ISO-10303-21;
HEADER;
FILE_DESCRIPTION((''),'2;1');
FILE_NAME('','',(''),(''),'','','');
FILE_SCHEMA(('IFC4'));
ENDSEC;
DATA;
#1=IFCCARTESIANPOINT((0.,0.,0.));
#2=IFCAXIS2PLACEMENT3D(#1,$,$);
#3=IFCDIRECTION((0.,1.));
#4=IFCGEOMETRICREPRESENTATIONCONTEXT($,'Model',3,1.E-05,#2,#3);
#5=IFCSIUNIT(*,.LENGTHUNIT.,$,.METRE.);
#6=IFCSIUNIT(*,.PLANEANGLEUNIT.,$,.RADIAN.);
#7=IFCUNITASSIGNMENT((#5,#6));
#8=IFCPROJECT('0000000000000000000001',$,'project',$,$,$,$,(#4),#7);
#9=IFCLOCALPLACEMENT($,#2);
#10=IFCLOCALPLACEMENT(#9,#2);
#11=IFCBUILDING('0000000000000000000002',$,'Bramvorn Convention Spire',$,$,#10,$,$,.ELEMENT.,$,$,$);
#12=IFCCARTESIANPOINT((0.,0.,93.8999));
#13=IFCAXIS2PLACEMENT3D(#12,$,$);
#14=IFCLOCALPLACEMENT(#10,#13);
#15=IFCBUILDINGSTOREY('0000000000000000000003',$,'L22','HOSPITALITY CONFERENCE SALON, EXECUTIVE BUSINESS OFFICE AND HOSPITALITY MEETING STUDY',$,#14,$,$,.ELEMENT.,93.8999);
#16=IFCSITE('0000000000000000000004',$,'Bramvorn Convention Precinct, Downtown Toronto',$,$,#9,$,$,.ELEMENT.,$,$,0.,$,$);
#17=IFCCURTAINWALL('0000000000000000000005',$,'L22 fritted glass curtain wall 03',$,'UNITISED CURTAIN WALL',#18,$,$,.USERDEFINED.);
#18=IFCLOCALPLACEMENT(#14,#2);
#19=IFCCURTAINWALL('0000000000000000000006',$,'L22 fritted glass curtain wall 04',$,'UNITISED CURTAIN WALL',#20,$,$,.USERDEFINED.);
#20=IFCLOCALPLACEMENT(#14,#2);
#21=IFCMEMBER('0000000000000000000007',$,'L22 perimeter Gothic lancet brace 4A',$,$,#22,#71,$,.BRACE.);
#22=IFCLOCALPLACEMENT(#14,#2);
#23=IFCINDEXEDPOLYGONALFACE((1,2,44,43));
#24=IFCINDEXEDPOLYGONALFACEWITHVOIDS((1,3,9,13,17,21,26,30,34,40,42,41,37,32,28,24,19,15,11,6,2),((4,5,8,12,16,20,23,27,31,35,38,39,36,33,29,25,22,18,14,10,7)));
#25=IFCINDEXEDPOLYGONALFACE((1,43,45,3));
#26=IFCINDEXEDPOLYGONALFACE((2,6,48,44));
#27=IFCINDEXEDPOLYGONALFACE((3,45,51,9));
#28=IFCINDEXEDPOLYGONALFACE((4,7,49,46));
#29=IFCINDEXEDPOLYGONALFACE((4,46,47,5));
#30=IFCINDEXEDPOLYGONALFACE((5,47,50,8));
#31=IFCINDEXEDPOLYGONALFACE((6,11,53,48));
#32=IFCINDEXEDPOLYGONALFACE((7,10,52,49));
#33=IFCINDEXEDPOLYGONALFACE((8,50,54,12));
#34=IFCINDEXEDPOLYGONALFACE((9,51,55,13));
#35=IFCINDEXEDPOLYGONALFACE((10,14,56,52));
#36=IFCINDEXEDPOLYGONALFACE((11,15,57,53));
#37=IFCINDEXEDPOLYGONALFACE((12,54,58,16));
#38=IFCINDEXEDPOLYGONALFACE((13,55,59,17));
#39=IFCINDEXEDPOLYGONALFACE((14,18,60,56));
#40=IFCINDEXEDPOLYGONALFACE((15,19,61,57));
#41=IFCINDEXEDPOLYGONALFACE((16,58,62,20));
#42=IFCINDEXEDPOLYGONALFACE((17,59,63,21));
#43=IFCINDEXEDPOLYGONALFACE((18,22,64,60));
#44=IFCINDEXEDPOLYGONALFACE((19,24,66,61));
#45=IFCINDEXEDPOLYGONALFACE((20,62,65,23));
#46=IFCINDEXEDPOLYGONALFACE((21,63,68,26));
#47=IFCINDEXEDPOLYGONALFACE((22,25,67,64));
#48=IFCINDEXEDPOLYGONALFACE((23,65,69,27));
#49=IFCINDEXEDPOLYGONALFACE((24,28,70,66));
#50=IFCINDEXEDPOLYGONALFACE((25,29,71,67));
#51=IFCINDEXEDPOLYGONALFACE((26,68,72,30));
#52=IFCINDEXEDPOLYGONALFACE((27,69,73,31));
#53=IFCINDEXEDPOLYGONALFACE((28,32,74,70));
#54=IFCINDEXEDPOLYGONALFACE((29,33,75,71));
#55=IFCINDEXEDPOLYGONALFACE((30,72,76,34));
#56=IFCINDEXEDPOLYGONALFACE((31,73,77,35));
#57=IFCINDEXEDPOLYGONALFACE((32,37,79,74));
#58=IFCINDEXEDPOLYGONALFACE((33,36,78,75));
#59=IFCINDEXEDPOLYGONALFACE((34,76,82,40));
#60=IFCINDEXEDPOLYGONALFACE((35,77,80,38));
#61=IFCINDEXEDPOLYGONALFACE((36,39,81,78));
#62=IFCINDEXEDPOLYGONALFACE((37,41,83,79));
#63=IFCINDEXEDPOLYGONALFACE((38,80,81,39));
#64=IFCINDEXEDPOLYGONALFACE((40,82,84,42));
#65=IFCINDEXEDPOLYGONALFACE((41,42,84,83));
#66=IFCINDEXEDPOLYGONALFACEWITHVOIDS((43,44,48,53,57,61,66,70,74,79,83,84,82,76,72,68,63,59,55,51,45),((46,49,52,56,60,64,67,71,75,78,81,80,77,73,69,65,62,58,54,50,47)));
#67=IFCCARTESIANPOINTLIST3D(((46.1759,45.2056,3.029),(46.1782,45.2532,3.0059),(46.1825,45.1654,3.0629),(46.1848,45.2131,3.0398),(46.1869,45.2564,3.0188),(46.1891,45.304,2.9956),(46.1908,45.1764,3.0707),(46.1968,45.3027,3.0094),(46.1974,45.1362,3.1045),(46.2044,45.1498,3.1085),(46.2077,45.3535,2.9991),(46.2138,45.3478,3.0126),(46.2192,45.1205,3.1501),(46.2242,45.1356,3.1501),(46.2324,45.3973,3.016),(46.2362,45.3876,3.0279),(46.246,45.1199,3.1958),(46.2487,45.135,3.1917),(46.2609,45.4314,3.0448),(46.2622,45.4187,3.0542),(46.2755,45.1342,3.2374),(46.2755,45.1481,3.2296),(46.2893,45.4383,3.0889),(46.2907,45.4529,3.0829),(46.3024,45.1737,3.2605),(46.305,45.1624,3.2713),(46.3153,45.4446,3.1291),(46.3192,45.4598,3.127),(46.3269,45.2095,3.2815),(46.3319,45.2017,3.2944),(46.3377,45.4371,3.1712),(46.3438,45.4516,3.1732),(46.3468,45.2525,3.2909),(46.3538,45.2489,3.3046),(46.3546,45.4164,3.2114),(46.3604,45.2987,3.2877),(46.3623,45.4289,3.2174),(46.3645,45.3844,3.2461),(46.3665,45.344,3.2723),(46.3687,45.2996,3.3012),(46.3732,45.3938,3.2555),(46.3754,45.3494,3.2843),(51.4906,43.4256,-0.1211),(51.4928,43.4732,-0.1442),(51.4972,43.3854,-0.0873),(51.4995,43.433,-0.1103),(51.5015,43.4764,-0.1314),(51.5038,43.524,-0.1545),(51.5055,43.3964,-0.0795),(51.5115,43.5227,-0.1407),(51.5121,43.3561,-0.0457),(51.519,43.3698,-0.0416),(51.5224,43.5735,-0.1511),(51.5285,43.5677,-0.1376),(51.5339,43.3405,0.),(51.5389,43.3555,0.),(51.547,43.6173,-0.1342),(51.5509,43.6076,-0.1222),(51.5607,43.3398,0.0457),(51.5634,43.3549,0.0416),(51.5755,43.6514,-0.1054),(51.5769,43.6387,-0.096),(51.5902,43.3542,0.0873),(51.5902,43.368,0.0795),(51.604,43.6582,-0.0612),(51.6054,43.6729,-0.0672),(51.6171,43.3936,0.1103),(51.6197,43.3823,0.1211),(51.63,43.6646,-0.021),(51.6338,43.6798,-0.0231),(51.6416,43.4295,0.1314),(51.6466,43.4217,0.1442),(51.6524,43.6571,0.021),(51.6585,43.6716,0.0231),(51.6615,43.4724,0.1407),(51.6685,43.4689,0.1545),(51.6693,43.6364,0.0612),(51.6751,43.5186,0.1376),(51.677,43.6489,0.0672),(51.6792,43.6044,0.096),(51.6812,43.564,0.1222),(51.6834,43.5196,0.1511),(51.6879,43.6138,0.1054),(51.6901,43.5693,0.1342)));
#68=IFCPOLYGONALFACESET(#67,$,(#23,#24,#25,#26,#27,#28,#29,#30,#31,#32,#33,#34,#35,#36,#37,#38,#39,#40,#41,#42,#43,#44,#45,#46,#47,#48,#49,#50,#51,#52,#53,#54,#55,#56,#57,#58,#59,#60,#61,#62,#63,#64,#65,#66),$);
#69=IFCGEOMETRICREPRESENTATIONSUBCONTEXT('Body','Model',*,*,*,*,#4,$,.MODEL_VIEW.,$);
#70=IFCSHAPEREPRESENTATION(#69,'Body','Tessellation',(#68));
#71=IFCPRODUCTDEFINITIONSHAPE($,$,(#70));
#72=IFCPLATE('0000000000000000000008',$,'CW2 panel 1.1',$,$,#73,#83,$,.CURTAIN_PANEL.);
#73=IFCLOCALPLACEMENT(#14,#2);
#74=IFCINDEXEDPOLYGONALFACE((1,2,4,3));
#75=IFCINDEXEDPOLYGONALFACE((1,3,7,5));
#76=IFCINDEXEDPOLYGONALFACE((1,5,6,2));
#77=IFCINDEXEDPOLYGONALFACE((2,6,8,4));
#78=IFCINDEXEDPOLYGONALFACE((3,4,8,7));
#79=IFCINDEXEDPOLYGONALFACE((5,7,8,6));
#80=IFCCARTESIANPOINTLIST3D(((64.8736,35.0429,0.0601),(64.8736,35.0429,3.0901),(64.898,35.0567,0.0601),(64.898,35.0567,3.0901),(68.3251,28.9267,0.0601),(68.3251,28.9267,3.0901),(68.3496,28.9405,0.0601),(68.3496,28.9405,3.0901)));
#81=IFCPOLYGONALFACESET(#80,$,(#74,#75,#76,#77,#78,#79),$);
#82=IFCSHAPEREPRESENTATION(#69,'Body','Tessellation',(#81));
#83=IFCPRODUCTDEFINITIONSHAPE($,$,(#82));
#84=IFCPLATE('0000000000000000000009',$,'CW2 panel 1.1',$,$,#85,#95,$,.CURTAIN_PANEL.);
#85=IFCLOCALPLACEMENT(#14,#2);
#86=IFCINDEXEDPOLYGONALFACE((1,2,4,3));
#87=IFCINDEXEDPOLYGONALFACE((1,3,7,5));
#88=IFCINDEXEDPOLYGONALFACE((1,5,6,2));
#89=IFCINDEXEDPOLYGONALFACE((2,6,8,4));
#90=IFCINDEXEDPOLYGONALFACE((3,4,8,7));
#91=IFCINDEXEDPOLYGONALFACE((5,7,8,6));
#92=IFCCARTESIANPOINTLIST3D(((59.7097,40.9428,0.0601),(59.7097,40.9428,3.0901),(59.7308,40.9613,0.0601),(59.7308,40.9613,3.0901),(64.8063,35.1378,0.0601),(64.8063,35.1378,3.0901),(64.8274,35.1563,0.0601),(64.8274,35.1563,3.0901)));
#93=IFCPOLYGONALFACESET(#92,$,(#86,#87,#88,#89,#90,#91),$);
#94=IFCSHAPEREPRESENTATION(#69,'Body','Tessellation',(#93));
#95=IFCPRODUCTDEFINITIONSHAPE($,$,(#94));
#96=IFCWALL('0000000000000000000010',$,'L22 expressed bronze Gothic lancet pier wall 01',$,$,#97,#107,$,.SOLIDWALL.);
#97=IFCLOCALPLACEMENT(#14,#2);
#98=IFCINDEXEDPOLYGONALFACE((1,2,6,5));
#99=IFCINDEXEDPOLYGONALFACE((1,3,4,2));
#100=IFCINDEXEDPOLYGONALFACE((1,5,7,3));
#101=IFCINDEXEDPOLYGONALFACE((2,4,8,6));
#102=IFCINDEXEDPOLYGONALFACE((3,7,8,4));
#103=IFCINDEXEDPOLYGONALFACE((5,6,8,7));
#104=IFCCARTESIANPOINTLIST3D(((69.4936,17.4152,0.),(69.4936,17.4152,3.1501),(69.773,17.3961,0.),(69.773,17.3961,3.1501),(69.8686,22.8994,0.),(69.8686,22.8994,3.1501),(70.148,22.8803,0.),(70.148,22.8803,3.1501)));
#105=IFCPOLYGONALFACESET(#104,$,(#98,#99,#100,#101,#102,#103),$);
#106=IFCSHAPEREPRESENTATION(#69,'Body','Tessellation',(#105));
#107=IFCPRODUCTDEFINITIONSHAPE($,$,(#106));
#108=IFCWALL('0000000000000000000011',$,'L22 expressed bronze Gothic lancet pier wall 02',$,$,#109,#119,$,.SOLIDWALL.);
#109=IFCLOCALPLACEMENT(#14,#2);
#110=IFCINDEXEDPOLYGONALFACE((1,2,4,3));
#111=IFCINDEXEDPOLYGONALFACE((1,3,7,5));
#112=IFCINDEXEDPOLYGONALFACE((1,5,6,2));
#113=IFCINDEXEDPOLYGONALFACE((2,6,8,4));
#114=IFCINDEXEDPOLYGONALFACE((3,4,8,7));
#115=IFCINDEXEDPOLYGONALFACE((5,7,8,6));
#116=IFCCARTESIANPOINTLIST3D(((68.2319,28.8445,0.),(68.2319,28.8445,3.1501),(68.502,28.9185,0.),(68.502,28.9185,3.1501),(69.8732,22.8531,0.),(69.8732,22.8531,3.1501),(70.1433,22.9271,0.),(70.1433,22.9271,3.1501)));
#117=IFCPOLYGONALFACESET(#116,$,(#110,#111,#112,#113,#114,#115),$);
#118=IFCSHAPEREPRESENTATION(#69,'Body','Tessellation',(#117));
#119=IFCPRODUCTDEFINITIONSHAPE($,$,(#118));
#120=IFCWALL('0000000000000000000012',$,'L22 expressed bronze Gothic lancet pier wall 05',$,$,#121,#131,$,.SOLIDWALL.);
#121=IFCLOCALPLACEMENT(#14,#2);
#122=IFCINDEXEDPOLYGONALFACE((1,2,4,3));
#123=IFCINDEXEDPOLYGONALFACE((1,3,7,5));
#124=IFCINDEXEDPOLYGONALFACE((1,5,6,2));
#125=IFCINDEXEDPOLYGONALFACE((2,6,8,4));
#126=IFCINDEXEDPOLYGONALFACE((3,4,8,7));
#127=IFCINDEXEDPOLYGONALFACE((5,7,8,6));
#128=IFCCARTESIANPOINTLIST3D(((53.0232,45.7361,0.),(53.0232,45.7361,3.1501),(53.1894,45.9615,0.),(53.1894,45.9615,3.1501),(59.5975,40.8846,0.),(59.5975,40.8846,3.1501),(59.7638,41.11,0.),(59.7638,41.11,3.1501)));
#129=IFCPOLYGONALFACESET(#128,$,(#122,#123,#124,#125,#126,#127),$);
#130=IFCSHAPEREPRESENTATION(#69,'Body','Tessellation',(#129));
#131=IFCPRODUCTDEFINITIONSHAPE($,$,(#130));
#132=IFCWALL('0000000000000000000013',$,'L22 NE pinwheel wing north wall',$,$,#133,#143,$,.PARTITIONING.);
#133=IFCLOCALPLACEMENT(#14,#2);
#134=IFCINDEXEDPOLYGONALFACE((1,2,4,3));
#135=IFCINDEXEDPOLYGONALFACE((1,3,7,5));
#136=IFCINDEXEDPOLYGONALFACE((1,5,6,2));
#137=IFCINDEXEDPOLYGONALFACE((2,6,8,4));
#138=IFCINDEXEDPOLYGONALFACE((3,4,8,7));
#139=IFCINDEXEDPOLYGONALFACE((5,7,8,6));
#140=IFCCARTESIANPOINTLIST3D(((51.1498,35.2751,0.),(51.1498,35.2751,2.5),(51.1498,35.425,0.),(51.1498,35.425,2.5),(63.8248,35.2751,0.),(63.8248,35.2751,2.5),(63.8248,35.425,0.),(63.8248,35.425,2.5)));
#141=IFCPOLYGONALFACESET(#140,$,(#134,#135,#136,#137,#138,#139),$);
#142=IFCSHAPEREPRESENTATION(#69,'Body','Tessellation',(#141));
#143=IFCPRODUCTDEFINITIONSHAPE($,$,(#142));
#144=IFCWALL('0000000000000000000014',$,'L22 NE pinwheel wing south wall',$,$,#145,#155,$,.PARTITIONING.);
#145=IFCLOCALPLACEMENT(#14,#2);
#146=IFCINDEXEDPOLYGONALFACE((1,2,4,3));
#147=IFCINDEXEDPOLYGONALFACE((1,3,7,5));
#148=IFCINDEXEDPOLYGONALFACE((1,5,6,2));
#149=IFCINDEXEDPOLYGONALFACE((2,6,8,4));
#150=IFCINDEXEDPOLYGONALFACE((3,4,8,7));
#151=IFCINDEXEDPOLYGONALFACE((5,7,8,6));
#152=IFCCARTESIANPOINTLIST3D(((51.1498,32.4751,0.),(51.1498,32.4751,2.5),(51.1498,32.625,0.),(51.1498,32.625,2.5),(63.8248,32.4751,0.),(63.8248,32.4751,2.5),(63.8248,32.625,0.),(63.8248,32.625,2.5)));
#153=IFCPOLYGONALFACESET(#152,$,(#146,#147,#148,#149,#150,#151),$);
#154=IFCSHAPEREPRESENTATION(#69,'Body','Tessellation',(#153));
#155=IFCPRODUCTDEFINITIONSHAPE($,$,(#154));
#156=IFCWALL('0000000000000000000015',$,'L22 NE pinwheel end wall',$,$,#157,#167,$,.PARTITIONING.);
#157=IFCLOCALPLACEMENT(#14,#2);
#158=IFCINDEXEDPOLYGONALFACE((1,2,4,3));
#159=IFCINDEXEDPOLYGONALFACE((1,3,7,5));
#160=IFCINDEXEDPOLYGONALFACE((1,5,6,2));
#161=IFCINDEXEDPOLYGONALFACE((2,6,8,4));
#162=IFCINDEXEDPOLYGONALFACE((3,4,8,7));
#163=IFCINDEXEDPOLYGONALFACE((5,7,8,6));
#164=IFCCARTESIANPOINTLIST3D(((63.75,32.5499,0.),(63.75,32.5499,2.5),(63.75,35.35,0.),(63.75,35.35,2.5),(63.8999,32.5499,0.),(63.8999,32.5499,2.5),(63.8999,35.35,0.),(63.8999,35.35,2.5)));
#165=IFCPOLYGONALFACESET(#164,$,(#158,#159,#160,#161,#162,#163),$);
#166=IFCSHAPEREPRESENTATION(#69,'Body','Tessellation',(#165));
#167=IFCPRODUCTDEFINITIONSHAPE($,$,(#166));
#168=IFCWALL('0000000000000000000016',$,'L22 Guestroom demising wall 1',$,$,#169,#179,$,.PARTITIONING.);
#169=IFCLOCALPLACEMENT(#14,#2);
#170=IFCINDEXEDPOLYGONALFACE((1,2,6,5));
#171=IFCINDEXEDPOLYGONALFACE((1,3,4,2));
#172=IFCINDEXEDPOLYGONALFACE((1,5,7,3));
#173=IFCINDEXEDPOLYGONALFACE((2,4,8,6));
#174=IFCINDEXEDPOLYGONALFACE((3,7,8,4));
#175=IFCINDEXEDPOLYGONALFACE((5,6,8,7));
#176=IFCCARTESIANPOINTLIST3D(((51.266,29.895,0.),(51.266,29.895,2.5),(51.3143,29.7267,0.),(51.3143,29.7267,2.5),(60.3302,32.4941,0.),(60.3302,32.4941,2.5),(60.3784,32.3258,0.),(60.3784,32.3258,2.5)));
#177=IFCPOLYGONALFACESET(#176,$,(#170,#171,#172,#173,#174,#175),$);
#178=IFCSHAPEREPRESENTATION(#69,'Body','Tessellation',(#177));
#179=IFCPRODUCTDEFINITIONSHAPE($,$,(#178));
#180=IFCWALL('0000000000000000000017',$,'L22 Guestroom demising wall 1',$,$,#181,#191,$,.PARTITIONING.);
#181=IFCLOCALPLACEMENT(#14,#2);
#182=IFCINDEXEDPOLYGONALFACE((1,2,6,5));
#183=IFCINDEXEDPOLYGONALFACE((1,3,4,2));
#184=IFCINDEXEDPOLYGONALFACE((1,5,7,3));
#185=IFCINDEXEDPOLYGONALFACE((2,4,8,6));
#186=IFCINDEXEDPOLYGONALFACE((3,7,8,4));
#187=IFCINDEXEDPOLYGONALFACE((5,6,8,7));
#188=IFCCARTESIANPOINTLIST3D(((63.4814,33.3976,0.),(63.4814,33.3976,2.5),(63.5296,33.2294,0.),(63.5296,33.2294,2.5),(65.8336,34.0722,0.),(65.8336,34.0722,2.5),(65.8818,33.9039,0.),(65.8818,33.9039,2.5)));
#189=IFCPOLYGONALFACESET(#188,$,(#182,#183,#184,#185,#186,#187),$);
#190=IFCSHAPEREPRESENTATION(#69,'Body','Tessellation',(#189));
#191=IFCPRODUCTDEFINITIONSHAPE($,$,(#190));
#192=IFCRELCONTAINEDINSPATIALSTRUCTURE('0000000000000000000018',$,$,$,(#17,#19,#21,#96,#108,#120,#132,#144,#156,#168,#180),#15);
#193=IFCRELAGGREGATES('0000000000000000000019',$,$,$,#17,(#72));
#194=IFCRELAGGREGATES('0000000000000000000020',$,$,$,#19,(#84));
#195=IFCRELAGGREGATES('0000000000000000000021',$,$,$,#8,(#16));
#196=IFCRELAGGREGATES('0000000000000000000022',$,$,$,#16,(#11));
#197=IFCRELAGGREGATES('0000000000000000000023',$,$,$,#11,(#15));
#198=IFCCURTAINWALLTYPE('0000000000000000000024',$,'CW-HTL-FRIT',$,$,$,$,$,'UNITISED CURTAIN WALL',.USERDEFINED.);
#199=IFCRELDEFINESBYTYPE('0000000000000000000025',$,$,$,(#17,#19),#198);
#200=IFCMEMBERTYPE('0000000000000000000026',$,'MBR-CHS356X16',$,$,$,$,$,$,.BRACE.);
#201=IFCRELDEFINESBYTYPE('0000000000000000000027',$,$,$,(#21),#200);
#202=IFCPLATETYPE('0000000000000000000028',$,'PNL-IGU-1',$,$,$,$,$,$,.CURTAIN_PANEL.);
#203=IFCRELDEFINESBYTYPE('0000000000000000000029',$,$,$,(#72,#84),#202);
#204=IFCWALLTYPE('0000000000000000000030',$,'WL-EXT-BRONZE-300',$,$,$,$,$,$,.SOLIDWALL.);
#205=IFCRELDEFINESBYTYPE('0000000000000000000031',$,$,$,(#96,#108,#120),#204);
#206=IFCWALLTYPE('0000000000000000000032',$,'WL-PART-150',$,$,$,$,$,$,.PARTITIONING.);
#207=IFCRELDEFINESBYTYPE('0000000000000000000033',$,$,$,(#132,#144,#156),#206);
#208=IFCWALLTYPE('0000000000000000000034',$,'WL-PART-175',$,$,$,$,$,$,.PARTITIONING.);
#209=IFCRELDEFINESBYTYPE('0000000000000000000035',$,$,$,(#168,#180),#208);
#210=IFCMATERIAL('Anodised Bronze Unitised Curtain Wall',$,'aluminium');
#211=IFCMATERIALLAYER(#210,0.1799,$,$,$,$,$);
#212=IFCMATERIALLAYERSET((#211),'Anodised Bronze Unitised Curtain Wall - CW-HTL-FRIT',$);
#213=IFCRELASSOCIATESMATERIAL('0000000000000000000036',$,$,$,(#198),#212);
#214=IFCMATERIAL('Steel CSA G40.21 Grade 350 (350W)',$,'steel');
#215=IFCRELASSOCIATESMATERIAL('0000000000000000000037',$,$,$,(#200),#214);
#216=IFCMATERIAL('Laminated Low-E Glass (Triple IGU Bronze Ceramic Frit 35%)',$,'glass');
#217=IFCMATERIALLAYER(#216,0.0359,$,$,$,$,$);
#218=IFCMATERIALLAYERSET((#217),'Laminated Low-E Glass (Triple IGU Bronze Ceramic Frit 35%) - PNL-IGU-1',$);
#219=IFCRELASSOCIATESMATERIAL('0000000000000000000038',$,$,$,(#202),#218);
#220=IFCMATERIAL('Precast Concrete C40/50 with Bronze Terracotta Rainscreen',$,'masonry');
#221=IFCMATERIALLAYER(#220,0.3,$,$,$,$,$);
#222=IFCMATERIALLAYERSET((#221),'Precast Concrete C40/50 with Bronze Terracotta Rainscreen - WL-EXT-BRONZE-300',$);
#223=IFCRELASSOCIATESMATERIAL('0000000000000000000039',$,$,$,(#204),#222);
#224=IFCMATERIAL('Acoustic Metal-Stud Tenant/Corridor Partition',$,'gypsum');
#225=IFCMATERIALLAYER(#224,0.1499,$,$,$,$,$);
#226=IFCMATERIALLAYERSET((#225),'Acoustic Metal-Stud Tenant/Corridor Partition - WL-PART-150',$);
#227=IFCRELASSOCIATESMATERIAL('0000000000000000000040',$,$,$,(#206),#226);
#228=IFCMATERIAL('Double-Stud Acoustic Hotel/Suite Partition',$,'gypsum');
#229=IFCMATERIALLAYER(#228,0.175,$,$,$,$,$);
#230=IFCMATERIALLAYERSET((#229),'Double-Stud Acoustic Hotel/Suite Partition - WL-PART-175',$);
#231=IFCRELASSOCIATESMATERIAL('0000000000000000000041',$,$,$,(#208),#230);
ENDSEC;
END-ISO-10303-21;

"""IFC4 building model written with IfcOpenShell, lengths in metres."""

from ifc_helpers import new_model, si_unit, direction, frame, frame_2d, origin, origin_2d, place, context, subcontext, project, spatial, rectangle, hollow_circle, extrude, material, layer, layer_set, material_profile, profile_set, type_object, element, aggregate, save


model = new_model("IFC4")

# Units and contexts
model_context = context("Model", 3, precision=1e-05, world=origin(), true_north=direction((0.0, 1.0)))
body_context = subcontext(model_context, "Body", "Model", "MODEL_VIEW")
ifc_project = project(units=[si_unit("LENGTHUNIT", "METRE"), si_unit("PLANEANGLEUNIT", "RADIAN")], contexts=[model_context])

# Site, building, storey
site_placement = place(None, origin())
site = spatial("IfcSite", under=ifc_project, at=site_placement, Name="Bramvorn Convention Precinct, Downtown Toronto", CompositionType="ELEMENT", RefElevation=0.0)
building_placement = place(site_placement, origin())
building = spatial("IfcBuilding", under=site, at=building_placement, Name="Bramvorn Convention Spire", CompositionType="ELEMENT")
storey_placement = place(building_placement, frame((0.0, 0.0, 93.8999)))
storey = spatial("IfcBuildingStorey", under=building, at=storey_placement, Name="L22", Description="HOSPITALITY CONFERENCE SALON, EXECUTIVE BUSINESS OFFICE AND HOSPITALITY MEETING STUDY", CompositionType="ELEMENT", Elevation=93.8999)

# Shared definitions
ifc_material_1 = material(Name="Steel CSA G40.21 Grade 350 (350W)", Category="steel")

# Curtain walls
ifc_material_2 = material(Name="Anodised Bronze Unitised Curtain Wall", Category="aluminium")
ifc_layer_1 = layer(ifc_material_2, 0.1799)
ifc_layer_set_1 = layer_set([ifc_layer_1], Name="Anodised Bronze Unitised Curtain Wall - CW-HTL-FRIT")
curtain_wall_type = type_object("IfcCurtainWallType", Name="CW-HTL-FRIT", ElementType="UNITISED CURTAIN WALL", PredefinedType="USERDEFINED", material=ifc_layer_set_1)
curtain_wall_1_placement = place(storey_placement, origin())
curtain_wall_1 = element("IfcCurtainWall", 1, at=curtain_wall_1_placement, inside=storey, type_object=curtain_wall_type, Name="L22 fritted glass curtain wall 03", ObjectType="UNITISED CURTAIN WALL", PredefinedType="USERDEFINED")
curtain_wall_2_placement = place(storey_placement, origin())
curtain_wall_2 = element("IfcCurtainWall", 2, at=curtain_wall_2_placement, inside=storey, type_object=curtain_wall_type, Name="L22 fritted glass curtain wall 04", ObjectType="UNITISED CURTAIN WALL", PredefinedType="USERDEFINED")

# Member
ifc_material_profile_1 = material_profile(ifc_material_1, hollow_circle(Radius=0.1777, WallThickness=0.0159, at=origin_2d()))
ifc_profile_set_1 = profile_set([ifc_material_profile_1], Name="Steel CSA G40.21 Grade 350 (350W) - CHS356X16")
member_type_1 = type_object("IfcMemberType", Name="MBR-CHS356X16", PredefinedType="BRACE", material=ifc_profile_set_1)
member_1_placement = place(storey_placement, frame((51.5903, 43.509, 0.0), z_axis=(-0.826617, 0.276855, 0.489955), x_axis=(-0.317586, -0.948229, 0.0)))
element("IfcMember", 3, at=member_1_placement, inside=storey, type_object=member_type_1, Name="L22 perimeter Gothic lancet brace 4A", PredefinedType="BRACE", context=body_context, shape_type="SweptSolid", body=[
    extrude(hollow_circle(Radius=0.1777, WallThickness=0.0159, at=origin_2d()), origin(), (0.0, 0.0, 1.0), 6.4294),
])

# Plates
ifc_material_3 = material(Name="Laminated Low-E Glass (Triple IGU Bronze Ceramic Frit 35%)", Category="glass")
ifc_layer_2 = layer(ifc_material_3, 0.0359)
ifc_layer_set_2 = layer_set([ifc_layer_2], Name="Laminated Low-E Glass (Triple IGU Bronze Ceramic Frit 35%) - PNL-IGU-1")
plate_type = type_object("IfcPlateType", Name="PNL-IGU-1", PredefinedType="CURTAIN_PANEL", material=ifc_layer_set_2)
plate_1_placement = place(storey_placement, frame((66.6116, 31.9917, 0.0601), z_axis=(0.0, 0.0, 1.0), x_axis=(0.491469, -0.870895, 0.0)))
plate_1 = element("IfcPlate", 4, at=plate_1_placement, type_object=plate_type, Name="CW2 panel 1.1", PredefinedType="CURTAIN_PANEL", context=body_context, shape_type="SweptSolid", body=[
    extrude(rectangle(XDim=7.0229, YDim=0.0281, at=origin_2d()), origin(), (0.0, 0.0, 1.0), 3.03),
])
aggregate(curtain_wall_1, [plate_1])
plate_2_placement = place(storey_placement, frame((62.2686, 38.0496, 0.0601), z_axis=(0.0, 0.0, 1.0), x_axis=(0.659767, -0.75147, 0.0)))
plate_2 = element("IfcPlate", 5, at=plate_2_placement, type_object=plate_type, Name="CW2 panel 1.1", PredefinedType="CURTAIN_PANEL", context=body_context, shape_type="SweptSolid", body=[
    extrude(rectangle(XDim=7.7249, YDim=0.0281, at=origin_2d()), origin(), (0.0, 0.0, 1.0), 3.03),
])
aggregate(curtain_wall_2, [plate_2])

# Walls
ifc_material_4 = material(Name="Precast Concrete C40/50 with Bronze Terracotta Rainscreen", Category="masonry")
ifc_layer_3 = layer(ifc_material_4, 0.3)
ifc_layer_set_3 = layer_set([ifc_layer_3], Name="Precast Concrete C40/50 with Bronze Terracotta Rainscreen - WL-EXT-BRONZE-300")
wall_type_1 = type_object("IfcWallType", Name="WL-EXT-BRONZE-300", PredefinedType="SOLIDWALL", material=ifc_layer_set_3)
wall_1_placement = place(storey_placement, frame((70.0083, 22.8899, 0.0), z_axis=(0.0, 0.0, 1.0), x_axis=(-0.068217, -0.997671, 0.0)))
element("IfcWall", 6, at=wall_1_placement, inside=storey, type_object=wall_type_1, Name="L22 expressed bronze Gothic lancet pier wall 01", PredefinedType="SOLIDWALL", context=body_context, shape_type="SweptSolid", body=[
    extrude(rectangle(XDim=5.4971, YDim=0.28, at=frame_2d((2.7485, 0.0))), origin(), (0.0, 0.0, 1.0), 3.1501),
])
wall_2_placement = place(storey_placement, frame((68.3669, 28.8813, 0.0), z_axis=(0.0, 0.0, 1.0), x_axis=(0.264215, -0.964464, 0.0)))
element("IfcWall", 7, at=wall_2_placement, inside=storey, type_object=wall_type_1, Name="L22 expressed bronze Gothic lancet pier wall 02", PredefinedType="SOLIDWALL", context=body_context, shape_type="SweptSolid", body=[
    extrude(rectangle(XDim=6.2122, YDim=0.28, at=frame_2d((3.106, 0.0))), origin(), (0.0, 0.0, 1.0), 3.1501),
])
wall_3_placement = place(storey_placement, frame((53.1062, 45.8489, 0.0), z_axis=(0.0, 0.0, 1.0), x_axis=(0.804634, -0.593772, 0.0)))
element("IfcWall", 8, at=wall_3_placement, inside=storey, type_object=wall_type_1, Name="L22 expressed bronze Gothic lancet pier wall 05", PredefinedType="SOLIDWALL", context=body_context, shape_type="SweptSolid", body=[
    extrude(rectangle(XDim=8.1707, YDim=0.28, at=frame_2d((4.0854, 0.0))), origin(), (0.0, 0.0, 1.0), 3.1501),
])
ifc_material_5 = material(Name="Acoustic Metal-Stud Tenant/Corridor Partition", Category="gypsum")
ifc_layer_4 = layer(ifc_material_5, 0.1499)
ifc_layer_set_4 = layer_set([ifc_layer_4], Name="Acoustic Metal-Stud Tenant/Corridor Partition - WL-PART-150")
wall_type_2 = type_object("IfcWallType", Name="WL-PART-150", PredefinedType="PARTITIONING", material=ifc_layer_set_4)
for number, where, z_axis, x_axis, name in (
    (9, (51.1499, 35.3501, 0.0), (0.0, 0.0, 1.0), (1.0, 0.0, 0.0), "L22 NE pinwheel wing north wall"),
    (10, (51.1499, 32.55, 0.0), (0.0, 0.0, 1.0), (1.0, 0.0, 0.0), "L22 NE pinwheel wing south wall"),
):
    element("IfcWall", number, at=place(storey_placement, frame(where, z_axis=z_axis, x_axis=x_axis)), inside=storey, type_object=wall_type_2, Name=name, PredefinedType="PARTITIONING", context=body_context, shape_type="SweptSolid", body=[
        extrude(rectangle(XDim=12.675, YDim=0.1499, at=frame_2d((6.3374, 0.0))), origin(), (0.0, 0.0, 1.0), 2.5),
    ])
wall_4_placement = place(storey_placement, frame((63.825, 32.55, 0.0), z_axis=(0.0, 0.0, 1.0), x_axis=(0.0, 1.0, 0.0)))
element("IfcWall", 11, at=wall_4_placement, inside=storey, type_object=wall_type_2, Name="L22 NE pinwheel end wall", PredefinedType="PARTITIONING", context=body_context, shape_type="SweptSolid", body=[
    extrude(rectangle(XDim=2.8, YDim=0.1499, at=frame_2d((1.3999, 0.0))), origin(), (0.0, 0.0, 1.0), 2.5),
])
ifc_material_6 = material(Name="Double-Stud Acoustic Hotel/Suite Partition", Category="gypsum")
ifc_layer_5 = layer(ifc_material_6, 0.175)
ifc_layer_set_5 = layer_set([ifc_layer_5], Name="Double-Stud Acoustic Hotel/Suite Partition - WL-PART-175")
wall_type_3 = type_object("IfcWallType", Name="WL-PART-175", PredefinedType="PARTITIONING", material=ifc_layer_set_5)
wall_5_placement = place(storey_placement, frame((51.29, 29.8108, 0.0), z_axis=(0.0, 0.0, 1.0), x_axis=(0.961262, 0.275637, 0.0)))
element("IfcWall", 12, at=wall_5_placement, inside=storey, type_object=wall_type_3, Name="L22 Guestroom demising wall 1", PredefinedType="PARTITIONING", context=body_context, shape_type="SweptSolid", body=[
    extrude(rectangle(XDim=9.4294, YDim=0.175, at=frame_2d((4.7148, 0.0))), origin(), (0.0, 0.0, 1.0), 2.5),
])
wall_6_placement = place(storey_placement, frame((63.5054, 33.3135, 0.0), z_axis=(0.0, 0.0, 1.0), x_axis=(0.961256, 0.275657, 0.0)))
element("IfcWall", 13, at=wall_6_placement, inside=storey, type_object=wall_type_3, Name="L22 Guestroom demising wall 1", PredefinedType="PARTITIONING", context=body_context, shape_type="SweptSolid", body=[
    extrude(rectangle(XDim=2.447, YDim=0.175, at=frame_2d((1.2236, 0.0))), origin(), (0.0, 0.0, 1.0), 2.5),
])

save(model, "model.ifc")
